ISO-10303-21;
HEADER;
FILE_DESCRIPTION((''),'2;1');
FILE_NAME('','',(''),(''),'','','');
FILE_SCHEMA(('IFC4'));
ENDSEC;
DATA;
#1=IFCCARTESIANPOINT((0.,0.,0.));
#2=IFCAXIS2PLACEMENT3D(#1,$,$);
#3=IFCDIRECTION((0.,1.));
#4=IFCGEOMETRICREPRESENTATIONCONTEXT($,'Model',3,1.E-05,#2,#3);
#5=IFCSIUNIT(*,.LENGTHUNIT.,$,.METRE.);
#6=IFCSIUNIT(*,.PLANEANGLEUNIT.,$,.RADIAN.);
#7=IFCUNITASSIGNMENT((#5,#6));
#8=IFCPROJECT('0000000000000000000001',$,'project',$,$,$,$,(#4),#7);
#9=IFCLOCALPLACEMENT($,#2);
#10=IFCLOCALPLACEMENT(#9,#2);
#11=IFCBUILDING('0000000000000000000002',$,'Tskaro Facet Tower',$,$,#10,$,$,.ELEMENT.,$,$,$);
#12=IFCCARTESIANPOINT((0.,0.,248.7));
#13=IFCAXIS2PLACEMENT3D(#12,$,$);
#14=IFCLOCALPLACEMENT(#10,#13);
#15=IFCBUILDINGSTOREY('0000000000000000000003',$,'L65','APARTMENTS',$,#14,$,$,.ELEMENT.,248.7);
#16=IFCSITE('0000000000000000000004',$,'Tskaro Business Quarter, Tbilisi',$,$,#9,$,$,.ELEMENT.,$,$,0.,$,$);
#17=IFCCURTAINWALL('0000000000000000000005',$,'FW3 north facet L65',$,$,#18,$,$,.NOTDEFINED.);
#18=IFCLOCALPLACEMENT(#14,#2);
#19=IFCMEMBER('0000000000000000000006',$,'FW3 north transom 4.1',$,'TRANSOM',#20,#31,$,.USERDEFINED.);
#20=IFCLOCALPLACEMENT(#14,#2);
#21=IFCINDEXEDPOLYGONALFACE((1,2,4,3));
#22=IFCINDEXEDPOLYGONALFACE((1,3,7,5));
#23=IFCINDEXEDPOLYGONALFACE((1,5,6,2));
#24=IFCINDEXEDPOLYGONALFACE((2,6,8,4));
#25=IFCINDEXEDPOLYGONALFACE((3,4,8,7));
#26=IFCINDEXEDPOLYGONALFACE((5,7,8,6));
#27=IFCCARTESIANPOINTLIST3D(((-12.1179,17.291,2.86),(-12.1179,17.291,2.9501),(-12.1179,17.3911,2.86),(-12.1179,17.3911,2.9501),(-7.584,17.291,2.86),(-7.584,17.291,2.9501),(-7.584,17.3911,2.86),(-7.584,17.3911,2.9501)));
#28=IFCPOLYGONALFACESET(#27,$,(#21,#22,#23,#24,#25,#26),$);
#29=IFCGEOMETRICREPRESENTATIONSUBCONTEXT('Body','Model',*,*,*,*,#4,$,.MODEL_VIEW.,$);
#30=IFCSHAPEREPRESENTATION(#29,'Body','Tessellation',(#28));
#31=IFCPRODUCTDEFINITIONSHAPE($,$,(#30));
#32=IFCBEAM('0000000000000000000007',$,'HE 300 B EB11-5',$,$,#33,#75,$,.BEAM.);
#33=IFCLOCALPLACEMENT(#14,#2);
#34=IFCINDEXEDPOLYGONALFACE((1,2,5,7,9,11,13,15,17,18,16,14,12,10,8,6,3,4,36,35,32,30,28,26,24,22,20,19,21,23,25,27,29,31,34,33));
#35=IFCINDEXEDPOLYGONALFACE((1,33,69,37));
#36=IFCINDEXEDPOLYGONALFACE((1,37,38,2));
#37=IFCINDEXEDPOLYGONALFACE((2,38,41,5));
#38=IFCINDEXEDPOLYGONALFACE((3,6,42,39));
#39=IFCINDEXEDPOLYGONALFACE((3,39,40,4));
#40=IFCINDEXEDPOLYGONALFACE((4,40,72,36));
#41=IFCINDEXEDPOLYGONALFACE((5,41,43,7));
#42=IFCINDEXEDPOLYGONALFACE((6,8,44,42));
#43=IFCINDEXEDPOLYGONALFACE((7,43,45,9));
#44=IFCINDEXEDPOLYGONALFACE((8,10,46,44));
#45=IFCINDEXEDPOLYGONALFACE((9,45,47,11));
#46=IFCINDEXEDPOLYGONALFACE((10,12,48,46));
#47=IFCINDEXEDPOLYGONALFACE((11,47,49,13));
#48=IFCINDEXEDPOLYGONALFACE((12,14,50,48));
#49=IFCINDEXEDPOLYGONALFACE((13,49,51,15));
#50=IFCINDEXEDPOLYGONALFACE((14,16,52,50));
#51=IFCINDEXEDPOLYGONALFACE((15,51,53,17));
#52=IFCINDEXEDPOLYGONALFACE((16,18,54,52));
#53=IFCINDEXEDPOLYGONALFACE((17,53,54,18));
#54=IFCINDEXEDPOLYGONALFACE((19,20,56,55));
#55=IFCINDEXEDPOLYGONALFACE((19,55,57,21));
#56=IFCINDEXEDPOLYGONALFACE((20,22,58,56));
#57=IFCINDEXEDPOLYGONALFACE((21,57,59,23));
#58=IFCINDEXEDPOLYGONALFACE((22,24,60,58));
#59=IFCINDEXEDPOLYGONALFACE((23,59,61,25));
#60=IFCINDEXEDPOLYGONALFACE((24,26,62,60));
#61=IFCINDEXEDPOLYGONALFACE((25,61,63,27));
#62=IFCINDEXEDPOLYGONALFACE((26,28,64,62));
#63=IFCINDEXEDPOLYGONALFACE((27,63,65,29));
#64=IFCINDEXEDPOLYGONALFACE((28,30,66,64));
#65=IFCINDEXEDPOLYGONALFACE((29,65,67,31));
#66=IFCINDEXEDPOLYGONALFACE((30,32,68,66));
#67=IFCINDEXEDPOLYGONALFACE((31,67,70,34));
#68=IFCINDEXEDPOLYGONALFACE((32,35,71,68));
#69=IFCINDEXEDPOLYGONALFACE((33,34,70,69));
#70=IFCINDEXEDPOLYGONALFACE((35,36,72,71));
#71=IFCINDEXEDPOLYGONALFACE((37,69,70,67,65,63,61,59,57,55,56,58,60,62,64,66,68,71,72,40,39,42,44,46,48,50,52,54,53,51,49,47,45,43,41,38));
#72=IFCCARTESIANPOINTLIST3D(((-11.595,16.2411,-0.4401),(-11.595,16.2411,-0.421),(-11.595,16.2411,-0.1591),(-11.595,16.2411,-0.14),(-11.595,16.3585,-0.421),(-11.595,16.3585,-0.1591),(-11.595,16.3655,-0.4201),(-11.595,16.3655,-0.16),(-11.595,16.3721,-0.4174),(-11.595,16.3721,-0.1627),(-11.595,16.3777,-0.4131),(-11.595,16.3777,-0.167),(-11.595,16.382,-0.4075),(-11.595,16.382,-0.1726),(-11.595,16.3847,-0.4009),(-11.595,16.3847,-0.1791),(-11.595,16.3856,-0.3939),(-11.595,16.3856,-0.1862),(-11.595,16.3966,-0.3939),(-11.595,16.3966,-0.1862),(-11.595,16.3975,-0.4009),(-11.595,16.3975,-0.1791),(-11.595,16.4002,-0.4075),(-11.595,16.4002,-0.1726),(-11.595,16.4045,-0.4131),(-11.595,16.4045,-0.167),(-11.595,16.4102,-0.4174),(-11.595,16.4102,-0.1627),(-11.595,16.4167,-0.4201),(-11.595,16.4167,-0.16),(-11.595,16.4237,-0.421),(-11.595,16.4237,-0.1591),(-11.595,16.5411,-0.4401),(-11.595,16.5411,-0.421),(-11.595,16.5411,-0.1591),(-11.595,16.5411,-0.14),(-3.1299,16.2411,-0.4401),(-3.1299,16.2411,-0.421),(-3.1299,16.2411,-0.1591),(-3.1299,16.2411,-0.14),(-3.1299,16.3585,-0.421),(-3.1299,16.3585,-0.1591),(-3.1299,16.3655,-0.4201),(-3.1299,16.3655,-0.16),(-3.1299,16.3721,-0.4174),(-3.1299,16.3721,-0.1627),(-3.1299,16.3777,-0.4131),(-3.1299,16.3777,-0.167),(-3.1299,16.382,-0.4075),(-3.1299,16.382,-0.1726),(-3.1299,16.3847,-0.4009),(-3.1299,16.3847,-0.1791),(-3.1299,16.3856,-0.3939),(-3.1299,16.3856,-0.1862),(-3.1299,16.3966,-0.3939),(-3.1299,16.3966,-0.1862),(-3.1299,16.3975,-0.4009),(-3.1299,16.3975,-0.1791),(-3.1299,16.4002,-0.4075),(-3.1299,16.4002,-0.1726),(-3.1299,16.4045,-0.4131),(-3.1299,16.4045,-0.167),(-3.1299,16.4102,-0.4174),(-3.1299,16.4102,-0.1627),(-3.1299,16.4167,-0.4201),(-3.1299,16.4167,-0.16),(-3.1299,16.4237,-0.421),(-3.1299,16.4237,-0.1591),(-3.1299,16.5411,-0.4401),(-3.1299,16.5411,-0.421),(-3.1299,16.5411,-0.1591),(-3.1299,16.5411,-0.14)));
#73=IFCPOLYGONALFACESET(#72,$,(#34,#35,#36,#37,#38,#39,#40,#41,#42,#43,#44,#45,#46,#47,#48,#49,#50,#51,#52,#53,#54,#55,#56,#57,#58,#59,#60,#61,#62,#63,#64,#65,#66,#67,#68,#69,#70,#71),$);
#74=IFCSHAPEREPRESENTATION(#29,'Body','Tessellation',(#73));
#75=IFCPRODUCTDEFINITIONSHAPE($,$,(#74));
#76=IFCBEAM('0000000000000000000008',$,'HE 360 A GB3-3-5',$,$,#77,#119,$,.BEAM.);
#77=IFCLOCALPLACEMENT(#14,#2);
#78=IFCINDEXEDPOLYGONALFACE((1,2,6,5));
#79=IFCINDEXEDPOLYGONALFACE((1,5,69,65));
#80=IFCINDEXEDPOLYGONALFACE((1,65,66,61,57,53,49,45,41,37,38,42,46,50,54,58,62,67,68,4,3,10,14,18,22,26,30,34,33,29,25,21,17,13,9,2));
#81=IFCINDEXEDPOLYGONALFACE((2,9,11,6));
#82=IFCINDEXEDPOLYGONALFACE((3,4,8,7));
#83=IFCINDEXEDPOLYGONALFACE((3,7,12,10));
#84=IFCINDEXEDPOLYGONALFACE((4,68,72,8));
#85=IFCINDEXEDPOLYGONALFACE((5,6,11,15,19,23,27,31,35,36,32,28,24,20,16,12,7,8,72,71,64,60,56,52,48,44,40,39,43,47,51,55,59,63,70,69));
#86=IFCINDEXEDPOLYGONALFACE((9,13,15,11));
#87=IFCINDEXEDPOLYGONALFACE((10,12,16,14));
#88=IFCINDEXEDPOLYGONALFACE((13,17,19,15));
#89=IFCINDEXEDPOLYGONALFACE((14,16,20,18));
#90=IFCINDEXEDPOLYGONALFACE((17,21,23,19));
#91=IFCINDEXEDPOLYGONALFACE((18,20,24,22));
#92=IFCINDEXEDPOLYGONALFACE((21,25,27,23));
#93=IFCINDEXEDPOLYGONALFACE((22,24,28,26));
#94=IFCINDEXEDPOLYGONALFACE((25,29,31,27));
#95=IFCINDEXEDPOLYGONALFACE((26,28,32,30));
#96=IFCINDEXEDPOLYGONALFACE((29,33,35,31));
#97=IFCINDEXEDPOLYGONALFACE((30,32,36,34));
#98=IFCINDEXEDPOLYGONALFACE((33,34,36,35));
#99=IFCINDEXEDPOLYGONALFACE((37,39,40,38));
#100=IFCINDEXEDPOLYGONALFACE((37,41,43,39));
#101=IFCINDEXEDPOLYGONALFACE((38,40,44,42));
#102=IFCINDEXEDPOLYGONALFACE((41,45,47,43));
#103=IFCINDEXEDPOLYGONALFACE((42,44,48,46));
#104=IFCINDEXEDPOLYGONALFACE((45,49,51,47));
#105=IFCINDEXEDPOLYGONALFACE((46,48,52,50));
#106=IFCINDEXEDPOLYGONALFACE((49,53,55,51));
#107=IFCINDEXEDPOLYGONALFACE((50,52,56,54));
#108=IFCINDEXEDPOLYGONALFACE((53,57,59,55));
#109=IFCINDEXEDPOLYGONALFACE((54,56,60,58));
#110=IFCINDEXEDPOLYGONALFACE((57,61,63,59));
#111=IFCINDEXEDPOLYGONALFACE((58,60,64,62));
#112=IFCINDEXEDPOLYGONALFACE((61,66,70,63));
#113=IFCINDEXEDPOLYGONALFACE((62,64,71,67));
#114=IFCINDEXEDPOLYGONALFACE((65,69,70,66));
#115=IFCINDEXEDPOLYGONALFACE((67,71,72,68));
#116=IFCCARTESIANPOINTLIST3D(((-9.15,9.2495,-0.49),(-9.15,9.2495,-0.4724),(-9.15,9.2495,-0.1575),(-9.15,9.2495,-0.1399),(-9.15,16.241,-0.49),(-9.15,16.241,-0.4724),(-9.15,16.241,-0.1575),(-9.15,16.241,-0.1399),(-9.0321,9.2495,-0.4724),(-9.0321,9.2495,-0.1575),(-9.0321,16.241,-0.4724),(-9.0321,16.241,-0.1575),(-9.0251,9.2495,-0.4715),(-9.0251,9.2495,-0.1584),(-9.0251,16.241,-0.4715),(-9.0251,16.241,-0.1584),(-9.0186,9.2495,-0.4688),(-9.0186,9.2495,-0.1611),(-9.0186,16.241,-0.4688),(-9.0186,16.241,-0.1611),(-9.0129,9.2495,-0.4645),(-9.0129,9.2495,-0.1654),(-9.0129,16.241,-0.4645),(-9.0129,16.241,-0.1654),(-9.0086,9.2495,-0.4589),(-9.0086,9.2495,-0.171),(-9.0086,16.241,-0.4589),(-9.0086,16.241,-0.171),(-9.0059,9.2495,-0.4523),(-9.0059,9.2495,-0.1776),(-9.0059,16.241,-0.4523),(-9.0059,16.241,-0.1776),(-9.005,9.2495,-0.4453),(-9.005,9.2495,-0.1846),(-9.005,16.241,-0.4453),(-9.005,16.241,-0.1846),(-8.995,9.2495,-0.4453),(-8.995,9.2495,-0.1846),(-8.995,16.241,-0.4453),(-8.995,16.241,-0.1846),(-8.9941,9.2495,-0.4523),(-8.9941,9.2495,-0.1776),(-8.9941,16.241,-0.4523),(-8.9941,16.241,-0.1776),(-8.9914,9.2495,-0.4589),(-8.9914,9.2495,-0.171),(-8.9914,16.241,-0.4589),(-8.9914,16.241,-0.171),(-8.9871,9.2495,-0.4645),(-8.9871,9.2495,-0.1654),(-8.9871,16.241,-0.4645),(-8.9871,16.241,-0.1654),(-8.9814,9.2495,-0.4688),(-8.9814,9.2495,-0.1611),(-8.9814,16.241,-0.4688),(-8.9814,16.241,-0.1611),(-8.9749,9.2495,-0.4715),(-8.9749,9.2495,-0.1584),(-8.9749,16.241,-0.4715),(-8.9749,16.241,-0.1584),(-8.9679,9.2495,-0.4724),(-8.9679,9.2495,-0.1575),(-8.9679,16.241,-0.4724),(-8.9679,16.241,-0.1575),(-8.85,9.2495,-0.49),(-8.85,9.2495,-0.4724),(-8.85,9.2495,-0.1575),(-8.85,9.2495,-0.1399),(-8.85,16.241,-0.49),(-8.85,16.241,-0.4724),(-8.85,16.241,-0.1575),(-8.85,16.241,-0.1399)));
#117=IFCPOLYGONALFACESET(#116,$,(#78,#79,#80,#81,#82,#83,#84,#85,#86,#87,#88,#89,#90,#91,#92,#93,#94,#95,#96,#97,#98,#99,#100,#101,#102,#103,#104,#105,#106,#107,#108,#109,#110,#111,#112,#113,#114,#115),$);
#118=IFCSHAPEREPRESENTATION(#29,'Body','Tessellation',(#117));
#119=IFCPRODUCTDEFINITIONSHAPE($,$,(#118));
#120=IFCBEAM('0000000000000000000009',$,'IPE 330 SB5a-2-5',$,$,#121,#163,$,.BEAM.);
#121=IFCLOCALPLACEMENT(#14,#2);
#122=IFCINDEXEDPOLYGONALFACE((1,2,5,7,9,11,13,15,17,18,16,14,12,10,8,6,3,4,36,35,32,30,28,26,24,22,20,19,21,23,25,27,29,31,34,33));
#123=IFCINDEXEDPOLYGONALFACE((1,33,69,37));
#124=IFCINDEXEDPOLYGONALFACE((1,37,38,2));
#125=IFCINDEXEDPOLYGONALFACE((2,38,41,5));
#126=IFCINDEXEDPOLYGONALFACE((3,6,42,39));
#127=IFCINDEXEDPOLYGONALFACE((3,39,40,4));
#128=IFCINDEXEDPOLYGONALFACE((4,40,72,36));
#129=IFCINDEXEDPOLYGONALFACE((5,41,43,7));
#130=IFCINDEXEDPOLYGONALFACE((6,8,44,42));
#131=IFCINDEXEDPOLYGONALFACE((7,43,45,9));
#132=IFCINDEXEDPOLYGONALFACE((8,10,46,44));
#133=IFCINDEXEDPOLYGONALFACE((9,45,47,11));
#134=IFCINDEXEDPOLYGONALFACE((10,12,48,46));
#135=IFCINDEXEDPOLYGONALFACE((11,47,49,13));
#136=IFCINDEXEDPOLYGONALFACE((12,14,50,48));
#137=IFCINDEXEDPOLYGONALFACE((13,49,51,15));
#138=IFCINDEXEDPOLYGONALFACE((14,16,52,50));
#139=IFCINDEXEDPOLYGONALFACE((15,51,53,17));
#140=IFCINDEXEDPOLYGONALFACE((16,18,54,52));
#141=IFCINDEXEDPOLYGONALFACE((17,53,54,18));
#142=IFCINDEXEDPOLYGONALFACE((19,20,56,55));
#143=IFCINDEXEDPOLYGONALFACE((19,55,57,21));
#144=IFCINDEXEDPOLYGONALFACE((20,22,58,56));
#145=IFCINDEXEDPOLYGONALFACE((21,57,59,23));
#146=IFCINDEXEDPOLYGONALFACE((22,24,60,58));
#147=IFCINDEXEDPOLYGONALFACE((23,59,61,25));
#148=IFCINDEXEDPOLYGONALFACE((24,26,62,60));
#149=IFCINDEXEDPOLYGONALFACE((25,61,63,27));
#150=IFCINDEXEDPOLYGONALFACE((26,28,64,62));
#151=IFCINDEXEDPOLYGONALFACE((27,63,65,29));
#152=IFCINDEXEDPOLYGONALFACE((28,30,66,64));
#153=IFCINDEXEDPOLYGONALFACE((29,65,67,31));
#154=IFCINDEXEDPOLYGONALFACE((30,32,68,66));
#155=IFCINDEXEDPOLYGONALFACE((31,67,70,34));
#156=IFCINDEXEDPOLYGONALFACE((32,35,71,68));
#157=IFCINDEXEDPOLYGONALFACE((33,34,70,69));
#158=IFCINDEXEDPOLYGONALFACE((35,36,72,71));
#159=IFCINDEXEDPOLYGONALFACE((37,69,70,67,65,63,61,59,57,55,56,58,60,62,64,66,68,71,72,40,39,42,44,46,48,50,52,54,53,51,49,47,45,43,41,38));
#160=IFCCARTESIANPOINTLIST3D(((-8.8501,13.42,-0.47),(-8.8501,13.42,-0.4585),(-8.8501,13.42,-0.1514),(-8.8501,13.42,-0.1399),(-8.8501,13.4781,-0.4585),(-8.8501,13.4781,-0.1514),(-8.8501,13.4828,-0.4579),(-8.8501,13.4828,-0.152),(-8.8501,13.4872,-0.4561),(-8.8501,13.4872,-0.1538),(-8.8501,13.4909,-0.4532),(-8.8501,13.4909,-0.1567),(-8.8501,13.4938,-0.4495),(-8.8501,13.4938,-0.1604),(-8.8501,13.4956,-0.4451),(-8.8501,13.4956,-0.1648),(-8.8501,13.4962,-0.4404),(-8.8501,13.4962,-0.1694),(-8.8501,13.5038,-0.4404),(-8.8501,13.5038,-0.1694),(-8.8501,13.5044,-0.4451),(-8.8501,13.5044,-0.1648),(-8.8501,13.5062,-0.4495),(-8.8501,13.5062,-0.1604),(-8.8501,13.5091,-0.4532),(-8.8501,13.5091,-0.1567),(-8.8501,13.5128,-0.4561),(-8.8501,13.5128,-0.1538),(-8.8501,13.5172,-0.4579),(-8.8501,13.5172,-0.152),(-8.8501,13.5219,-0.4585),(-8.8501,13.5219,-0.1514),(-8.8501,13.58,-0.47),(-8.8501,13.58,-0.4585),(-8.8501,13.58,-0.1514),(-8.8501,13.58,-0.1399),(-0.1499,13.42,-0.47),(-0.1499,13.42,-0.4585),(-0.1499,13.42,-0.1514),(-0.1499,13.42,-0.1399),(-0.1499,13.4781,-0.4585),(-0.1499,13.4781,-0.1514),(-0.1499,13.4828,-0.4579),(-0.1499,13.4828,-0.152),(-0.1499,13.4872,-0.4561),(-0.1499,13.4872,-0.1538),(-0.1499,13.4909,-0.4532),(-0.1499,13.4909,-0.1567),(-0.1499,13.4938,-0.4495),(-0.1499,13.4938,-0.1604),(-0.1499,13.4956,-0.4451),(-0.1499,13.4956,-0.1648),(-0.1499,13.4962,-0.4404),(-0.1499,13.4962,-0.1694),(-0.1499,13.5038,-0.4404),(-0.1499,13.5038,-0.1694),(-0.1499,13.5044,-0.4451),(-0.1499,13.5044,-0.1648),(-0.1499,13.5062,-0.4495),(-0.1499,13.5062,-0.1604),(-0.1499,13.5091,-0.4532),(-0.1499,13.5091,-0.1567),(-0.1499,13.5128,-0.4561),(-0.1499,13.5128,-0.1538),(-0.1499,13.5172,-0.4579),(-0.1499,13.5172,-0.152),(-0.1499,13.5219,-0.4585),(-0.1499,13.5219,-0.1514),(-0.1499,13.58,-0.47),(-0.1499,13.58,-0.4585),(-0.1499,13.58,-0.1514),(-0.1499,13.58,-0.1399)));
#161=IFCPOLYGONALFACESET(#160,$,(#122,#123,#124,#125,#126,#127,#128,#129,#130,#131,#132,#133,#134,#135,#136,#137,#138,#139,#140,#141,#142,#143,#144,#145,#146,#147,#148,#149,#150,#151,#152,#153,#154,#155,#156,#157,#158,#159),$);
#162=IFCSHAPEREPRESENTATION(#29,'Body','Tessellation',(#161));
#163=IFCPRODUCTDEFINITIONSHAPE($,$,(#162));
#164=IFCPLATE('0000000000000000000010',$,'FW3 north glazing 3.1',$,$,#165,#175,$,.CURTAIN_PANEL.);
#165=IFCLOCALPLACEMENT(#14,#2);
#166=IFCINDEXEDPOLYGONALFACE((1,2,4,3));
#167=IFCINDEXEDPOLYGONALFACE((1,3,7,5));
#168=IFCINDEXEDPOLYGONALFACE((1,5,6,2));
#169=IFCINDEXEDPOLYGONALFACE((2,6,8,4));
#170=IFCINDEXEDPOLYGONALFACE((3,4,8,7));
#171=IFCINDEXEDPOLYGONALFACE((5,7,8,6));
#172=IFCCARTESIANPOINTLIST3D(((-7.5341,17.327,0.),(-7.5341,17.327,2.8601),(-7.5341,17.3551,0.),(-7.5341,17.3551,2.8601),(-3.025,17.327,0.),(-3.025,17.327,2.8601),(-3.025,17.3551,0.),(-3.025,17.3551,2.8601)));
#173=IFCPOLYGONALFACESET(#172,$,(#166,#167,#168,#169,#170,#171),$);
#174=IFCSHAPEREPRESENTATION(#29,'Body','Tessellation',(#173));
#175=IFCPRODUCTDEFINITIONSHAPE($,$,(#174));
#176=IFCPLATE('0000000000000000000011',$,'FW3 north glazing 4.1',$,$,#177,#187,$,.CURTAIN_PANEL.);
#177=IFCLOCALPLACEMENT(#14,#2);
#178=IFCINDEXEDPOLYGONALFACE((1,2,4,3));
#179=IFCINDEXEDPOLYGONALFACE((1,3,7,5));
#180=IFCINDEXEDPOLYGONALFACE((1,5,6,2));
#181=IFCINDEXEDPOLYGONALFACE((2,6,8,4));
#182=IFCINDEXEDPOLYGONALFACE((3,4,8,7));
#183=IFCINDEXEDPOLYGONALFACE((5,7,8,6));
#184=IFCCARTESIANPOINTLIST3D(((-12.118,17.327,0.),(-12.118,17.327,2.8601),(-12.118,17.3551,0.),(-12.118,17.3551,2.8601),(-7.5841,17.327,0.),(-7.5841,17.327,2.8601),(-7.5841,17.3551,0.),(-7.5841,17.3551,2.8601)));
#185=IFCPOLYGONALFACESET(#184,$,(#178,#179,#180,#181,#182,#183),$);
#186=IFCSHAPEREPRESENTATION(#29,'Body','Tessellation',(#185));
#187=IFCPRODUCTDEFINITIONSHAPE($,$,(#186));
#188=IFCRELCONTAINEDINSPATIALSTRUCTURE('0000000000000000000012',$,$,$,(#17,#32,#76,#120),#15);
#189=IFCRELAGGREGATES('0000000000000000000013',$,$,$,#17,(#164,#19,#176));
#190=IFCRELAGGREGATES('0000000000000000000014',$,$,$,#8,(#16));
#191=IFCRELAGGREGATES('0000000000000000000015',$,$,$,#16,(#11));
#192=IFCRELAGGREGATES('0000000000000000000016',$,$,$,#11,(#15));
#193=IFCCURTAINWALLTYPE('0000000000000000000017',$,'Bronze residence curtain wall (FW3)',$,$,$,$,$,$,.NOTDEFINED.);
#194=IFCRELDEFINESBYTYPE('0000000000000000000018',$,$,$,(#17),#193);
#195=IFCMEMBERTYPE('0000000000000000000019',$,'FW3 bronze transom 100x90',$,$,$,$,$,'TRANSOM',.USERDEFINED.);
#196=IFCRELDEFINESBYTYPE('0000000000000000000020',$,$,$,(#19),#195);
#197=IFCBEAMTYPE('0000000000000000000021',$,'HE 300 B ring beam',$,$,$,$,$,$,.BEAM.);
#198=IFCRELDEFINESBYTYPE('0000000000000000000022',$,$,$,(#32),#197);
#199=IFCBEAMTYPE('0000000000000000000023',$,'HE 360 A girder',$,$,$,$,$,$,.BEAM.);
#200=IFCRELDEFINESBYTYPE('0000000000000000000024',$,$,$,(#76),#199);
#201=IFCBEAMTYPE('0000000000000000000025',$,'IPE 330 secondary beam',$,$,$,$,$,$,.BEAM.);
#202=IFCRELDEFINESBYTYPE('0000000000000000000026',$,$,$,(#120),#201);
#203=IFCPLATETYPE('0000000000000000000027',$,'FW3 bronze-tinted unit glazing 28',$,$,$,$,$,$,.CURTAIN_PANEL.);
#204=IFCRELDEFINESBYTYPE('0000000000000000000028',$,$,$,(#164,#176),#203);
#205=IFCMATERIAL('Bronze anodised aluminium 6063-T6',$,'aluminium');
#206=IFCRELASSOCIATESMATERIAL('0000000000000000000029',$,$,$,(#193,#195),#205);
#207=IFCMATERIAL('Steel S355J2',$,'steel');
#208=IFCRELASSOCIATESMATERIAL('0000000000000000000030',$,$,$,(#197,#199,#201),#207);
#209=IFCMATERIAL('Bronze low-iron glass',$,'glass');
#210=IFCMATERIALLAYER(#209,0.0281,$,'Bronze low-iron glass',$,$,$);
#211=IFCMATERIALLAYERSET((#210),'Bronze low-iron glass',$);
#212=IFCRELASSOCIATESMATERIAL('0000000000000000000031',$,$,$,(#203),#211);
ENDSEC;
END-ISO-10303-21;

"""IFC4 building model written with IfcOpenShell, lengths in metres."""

from ifc_helpers import new_model, si_unit, direction, frame, origin, origin_2d, place, context, subcontext, project, spatial, rectangle, i_section, extrude, material, layer, layer_set, material_profile, profile_set, type_object, element, aggregate, save


model = new_model("IFC4")

# Units and contexts
model_context = context("Model", 3, precision=1e-05, world=origin(), true_north=direction((0.0, 1.0)))
body_context = subcontext(model_context, "Body", "Model", "MODEL_VIEW")
ifc_project = project(units=[si_unit("LENGTHUNIT", "METRE"), si_unit("PLANEANGLEUNIT", "RADIAN")], contexts=[model_context])

# Site, building, storey
site_placement = place(None, origin())
site = spatial("IfcSite", under=ifc_project, at=site_placement, Name="Tskaro Business Quarter, Tbilisi", CompositionType="ELEMENT", RefElevation=0.0)
building_placement = place(site_placement, origin())
building = spatial("IfcBuilding", under=site, at=building_placement, Name="Tskaro Facet Tower", CompositionType="ELEMENT")
storey_placement = place(building_placement, frame((0.0, 0.0, 248.7)))
storey = spatial("IfcBuildingStorey", under=building, at=storey_placement, Name="L65", Description="APARTMENTS", CompositionType="ELEMENT", Elevation=248.7)

# Shared definitions
ifc_material_1 = material(Name="Steel S355J2", Category="steel")

# Curtain wall, member
ifc_material_2 = material(Name="Bronze anodised aluminium 6063-T6", Category="aluminium")
curtain_wall_type = type_object("IfcCurtainWallType", Name="Bronze residence curtain wall (FW3)", PredefinedType="NOTDEFINED", material=ifc_material_2)
curtain_wall_placement = place(storey_placement, origin())
curtain_wall = element("IfcCurtainWall", 1, at=curtain_wall_placement, inside=storey, type_object=curtain_wall_type, Name="FW3 north facet L65", PredefinedType="NOTDEFINED")
ifc_material_profile_1 = material_profile(ifc_material_2, rectangle(XDim=0.1001, YDim=0.0901, at=origin_2d()), Name="Transom 100x90")
ifc_profile_set_1 = profile_set([ifc_material_profile_1], Name="Bronze anodised aluminium 6063-T6")
member_type_1 = type_object("IfcMemberType", Name="FW3 bronze transom 100x90", ElementType="TRANSOM", PredefinedType="USERDEFINED", material=ifc_profile_set_1)
member_1_placement = place(storey_placement, frame((-7.584, 17.3411, 2.905), z_axis=(-1.0, 0.0, 0.0), x_axis=(0.0, -1.0, 0.0)))
member_1 = element("IfcMember", 2, at=member_1_placement, type_object=member_type_1, Name="FW3 north transom 4.1", ObjectType="TRANSOM", PredefinedType="USERDEFINED", context=body_context, shape_type="SweptSolid", body=[
    extrude(rectangle(XDim=0.1001, YDim=0.0901, at=origin_2d()), origin(), (0.0, 0.0, 1.0), 4.5339),
])

# Beams
ifc_material_profile_2 = material_profile(ifc_material_1, i_section(OverallWidth=0.3, OverallDepth=0.3, WebThickness=0.011, FlangeThickness=0.019, FilletRadius=0.0271, at=origin_2d()), Name="HE 300 B")
ifc_profile_set_2 = profile_set([ifc_material_profile_2], Name="Steel S355J2")
beam_type_1 = type_object("IfcBeamType", Name="HE 300 B ring beam", PredefinedType="BEAM", material=ifc_profile_set_2)
beam_1_placement = place(storey_placement, frame((-3.1299, 16.3911, -0.29), z_axis=(-1.0, 0.0, 0.0), x_axis=(0.0, -1.0, 0.0)))
element("IfcBeam", 3, at=beam_1_placement, inside=storey, type_object=beam_type_1, Name="HE 300 B EB11-5", PredefinedType="BEAM", context=body_context, shape_type="SweptSolid", body=[
    extrude(i_section(OverallWidth=0.3, OverallDepth=0.3, WebThickness=0.011, FlangeThickness=0.019, FilletRadius=0.0271, at=origin_2d()), origin(), (0.0, 0.0, 1.0), 8.4651),
])
ifc_material_profile_3 = material_profile(ifc_material_1, i_section(OverallWidth=0.3, OverallDepth=0.3501, WebThickness=0.01, FlangeThickness=0.0176, FilletRadius=0.0271, at=origin_2d()), Name="HE 360 A")
ifc_profile_set_3 = profile_set([ifc_material_profile_3], Name="Steel S355J2")
beam_type_2 = type_object("IfcBeamType", Name="HE 360 A girder", PredefinedType="BEAM", material=ifc_profile_set_3)
beam_2_placement = place(storey_placement, frame((-9.0, 9.2495, -0.3149), z_axis=(0.0, 1.0, 0.0), x_axis=(-1.0, 0.0, 0.0)))
element("IfcBeam", 4, at=beam_2_placement, inside=storey, type_object=beam_type_2, Name="HE 360 A GB3-3-5", PredefinedType="BEAM", context=body_context, shape_type="SweptSolid", body=[
    extrude(i_section(OverallWidth=0.3, OverallDepth=0.3501, WebThickness=0.01, FlangeThickness=0.0176, FilletRadius=0.0271, at=origin_2d()), origin(), (0.0, 0.0, 1.0), 6.9915),
])
ifc_material_profile_4 = material_profile(ifc_material_1, i_section(OverallWidth=0.1599, OverallDepth=0.3301, WebThickness=0.0076, FlangeThickness=0.0115, FilletRadius=0.0181, at=origin_2d()), Name="IPE 330")
ifc_profile_set_4 = profile_set([ifc_material_profile_4], Name="Steel S355J2")
beam_type_3 = type_object("IfcBeamType", Name="IPE 330 secondary beam", PredefinedType="BEAM", material=ifc_profile_set_4)
beam_3_placement = place(storey_placement, frame((-8.8501, 13.5, -0.3049), z_axis=(1.0, 0.0, 0.0), x_axis=(0.0, 1.0, 0.0)))
element("IfcBeam", 5, at=beam_3_placement, inside=storey, type_object=beam_type_3, Name="IPE 330 SB5a-2-5", PredefinedType="BEAM", context=body_context, shape_type="SweptSolid", body=[
    extrude(i_section(OverallWidth=0.1599, OverallDepth=0.3301, WebThickness=0.0076, FlangeThickness=0.0115, FilletRadius=0.0181, at=origin_2d()), origin(), (0.0, 0.0, 1.0), 8.7002),
])

# Plates
ifc_material_3 = material(Name="Bronze low-iron glass", Category="glass")
ifc_layer_1 = layer(ifc_material_3, 0.0281, Name="Bronze low-iron glass")
ifc_layer_set_1 = layer_set([ifc_layer_1], Name="Bronze low-iron glass")
plate_type = type_object("IfcPlateType", Name="FW3 bronze-tinted unit glazing 28", PredefinedType="CURTAIN_PANEL", material=ifc_layer_set_1)
plate_1_placement = place(storey_placement, frame((-5.2795, 17.3411, 0.0), z_axis=(0.0, 0.0, 1.0), x_axis=(-1.0, 0.0, 0.0)))
plate_1 = element("IfcPlate", 6, at=plate_1_placement, type_object=plate_type, Name="FW3 north glazing 3.1", PredefinedType="CURTAIN_PANEL", context=body_context, shape_type="SweptSolid", body=[
    extrude(rectangle(XDim=4.509, YDim=0.0281, at=origin_2d()), origin(), (0.0, 0.0, 1.0), 2.8601),
])
plate_2_placement = place(storey_placement, frame((-9.8511, 17.3411, 0.0), z_axis=(0.0, 0.0, 1.0), x_axis=(-1.0, 0.0, 0.0)))
plate_2 = element("IfcPlate", 7, at=plate_2_placement, type_object=plate_type, Name="FW3 north glazing 4.1", PredefinedType="CURTAIN_PANEL", context=body_context, shape_type="SweptSolid", body=[
    extrude(rectangle(XDim=4.5339, YDim=0.0281, at=origin_2d()), origin(), (0.0, 0.0, 1.0), 2.8601),
])
aggregate(curtain_wall, [plate_1, member_1, plate_2])

save(model, "model.ifc")
